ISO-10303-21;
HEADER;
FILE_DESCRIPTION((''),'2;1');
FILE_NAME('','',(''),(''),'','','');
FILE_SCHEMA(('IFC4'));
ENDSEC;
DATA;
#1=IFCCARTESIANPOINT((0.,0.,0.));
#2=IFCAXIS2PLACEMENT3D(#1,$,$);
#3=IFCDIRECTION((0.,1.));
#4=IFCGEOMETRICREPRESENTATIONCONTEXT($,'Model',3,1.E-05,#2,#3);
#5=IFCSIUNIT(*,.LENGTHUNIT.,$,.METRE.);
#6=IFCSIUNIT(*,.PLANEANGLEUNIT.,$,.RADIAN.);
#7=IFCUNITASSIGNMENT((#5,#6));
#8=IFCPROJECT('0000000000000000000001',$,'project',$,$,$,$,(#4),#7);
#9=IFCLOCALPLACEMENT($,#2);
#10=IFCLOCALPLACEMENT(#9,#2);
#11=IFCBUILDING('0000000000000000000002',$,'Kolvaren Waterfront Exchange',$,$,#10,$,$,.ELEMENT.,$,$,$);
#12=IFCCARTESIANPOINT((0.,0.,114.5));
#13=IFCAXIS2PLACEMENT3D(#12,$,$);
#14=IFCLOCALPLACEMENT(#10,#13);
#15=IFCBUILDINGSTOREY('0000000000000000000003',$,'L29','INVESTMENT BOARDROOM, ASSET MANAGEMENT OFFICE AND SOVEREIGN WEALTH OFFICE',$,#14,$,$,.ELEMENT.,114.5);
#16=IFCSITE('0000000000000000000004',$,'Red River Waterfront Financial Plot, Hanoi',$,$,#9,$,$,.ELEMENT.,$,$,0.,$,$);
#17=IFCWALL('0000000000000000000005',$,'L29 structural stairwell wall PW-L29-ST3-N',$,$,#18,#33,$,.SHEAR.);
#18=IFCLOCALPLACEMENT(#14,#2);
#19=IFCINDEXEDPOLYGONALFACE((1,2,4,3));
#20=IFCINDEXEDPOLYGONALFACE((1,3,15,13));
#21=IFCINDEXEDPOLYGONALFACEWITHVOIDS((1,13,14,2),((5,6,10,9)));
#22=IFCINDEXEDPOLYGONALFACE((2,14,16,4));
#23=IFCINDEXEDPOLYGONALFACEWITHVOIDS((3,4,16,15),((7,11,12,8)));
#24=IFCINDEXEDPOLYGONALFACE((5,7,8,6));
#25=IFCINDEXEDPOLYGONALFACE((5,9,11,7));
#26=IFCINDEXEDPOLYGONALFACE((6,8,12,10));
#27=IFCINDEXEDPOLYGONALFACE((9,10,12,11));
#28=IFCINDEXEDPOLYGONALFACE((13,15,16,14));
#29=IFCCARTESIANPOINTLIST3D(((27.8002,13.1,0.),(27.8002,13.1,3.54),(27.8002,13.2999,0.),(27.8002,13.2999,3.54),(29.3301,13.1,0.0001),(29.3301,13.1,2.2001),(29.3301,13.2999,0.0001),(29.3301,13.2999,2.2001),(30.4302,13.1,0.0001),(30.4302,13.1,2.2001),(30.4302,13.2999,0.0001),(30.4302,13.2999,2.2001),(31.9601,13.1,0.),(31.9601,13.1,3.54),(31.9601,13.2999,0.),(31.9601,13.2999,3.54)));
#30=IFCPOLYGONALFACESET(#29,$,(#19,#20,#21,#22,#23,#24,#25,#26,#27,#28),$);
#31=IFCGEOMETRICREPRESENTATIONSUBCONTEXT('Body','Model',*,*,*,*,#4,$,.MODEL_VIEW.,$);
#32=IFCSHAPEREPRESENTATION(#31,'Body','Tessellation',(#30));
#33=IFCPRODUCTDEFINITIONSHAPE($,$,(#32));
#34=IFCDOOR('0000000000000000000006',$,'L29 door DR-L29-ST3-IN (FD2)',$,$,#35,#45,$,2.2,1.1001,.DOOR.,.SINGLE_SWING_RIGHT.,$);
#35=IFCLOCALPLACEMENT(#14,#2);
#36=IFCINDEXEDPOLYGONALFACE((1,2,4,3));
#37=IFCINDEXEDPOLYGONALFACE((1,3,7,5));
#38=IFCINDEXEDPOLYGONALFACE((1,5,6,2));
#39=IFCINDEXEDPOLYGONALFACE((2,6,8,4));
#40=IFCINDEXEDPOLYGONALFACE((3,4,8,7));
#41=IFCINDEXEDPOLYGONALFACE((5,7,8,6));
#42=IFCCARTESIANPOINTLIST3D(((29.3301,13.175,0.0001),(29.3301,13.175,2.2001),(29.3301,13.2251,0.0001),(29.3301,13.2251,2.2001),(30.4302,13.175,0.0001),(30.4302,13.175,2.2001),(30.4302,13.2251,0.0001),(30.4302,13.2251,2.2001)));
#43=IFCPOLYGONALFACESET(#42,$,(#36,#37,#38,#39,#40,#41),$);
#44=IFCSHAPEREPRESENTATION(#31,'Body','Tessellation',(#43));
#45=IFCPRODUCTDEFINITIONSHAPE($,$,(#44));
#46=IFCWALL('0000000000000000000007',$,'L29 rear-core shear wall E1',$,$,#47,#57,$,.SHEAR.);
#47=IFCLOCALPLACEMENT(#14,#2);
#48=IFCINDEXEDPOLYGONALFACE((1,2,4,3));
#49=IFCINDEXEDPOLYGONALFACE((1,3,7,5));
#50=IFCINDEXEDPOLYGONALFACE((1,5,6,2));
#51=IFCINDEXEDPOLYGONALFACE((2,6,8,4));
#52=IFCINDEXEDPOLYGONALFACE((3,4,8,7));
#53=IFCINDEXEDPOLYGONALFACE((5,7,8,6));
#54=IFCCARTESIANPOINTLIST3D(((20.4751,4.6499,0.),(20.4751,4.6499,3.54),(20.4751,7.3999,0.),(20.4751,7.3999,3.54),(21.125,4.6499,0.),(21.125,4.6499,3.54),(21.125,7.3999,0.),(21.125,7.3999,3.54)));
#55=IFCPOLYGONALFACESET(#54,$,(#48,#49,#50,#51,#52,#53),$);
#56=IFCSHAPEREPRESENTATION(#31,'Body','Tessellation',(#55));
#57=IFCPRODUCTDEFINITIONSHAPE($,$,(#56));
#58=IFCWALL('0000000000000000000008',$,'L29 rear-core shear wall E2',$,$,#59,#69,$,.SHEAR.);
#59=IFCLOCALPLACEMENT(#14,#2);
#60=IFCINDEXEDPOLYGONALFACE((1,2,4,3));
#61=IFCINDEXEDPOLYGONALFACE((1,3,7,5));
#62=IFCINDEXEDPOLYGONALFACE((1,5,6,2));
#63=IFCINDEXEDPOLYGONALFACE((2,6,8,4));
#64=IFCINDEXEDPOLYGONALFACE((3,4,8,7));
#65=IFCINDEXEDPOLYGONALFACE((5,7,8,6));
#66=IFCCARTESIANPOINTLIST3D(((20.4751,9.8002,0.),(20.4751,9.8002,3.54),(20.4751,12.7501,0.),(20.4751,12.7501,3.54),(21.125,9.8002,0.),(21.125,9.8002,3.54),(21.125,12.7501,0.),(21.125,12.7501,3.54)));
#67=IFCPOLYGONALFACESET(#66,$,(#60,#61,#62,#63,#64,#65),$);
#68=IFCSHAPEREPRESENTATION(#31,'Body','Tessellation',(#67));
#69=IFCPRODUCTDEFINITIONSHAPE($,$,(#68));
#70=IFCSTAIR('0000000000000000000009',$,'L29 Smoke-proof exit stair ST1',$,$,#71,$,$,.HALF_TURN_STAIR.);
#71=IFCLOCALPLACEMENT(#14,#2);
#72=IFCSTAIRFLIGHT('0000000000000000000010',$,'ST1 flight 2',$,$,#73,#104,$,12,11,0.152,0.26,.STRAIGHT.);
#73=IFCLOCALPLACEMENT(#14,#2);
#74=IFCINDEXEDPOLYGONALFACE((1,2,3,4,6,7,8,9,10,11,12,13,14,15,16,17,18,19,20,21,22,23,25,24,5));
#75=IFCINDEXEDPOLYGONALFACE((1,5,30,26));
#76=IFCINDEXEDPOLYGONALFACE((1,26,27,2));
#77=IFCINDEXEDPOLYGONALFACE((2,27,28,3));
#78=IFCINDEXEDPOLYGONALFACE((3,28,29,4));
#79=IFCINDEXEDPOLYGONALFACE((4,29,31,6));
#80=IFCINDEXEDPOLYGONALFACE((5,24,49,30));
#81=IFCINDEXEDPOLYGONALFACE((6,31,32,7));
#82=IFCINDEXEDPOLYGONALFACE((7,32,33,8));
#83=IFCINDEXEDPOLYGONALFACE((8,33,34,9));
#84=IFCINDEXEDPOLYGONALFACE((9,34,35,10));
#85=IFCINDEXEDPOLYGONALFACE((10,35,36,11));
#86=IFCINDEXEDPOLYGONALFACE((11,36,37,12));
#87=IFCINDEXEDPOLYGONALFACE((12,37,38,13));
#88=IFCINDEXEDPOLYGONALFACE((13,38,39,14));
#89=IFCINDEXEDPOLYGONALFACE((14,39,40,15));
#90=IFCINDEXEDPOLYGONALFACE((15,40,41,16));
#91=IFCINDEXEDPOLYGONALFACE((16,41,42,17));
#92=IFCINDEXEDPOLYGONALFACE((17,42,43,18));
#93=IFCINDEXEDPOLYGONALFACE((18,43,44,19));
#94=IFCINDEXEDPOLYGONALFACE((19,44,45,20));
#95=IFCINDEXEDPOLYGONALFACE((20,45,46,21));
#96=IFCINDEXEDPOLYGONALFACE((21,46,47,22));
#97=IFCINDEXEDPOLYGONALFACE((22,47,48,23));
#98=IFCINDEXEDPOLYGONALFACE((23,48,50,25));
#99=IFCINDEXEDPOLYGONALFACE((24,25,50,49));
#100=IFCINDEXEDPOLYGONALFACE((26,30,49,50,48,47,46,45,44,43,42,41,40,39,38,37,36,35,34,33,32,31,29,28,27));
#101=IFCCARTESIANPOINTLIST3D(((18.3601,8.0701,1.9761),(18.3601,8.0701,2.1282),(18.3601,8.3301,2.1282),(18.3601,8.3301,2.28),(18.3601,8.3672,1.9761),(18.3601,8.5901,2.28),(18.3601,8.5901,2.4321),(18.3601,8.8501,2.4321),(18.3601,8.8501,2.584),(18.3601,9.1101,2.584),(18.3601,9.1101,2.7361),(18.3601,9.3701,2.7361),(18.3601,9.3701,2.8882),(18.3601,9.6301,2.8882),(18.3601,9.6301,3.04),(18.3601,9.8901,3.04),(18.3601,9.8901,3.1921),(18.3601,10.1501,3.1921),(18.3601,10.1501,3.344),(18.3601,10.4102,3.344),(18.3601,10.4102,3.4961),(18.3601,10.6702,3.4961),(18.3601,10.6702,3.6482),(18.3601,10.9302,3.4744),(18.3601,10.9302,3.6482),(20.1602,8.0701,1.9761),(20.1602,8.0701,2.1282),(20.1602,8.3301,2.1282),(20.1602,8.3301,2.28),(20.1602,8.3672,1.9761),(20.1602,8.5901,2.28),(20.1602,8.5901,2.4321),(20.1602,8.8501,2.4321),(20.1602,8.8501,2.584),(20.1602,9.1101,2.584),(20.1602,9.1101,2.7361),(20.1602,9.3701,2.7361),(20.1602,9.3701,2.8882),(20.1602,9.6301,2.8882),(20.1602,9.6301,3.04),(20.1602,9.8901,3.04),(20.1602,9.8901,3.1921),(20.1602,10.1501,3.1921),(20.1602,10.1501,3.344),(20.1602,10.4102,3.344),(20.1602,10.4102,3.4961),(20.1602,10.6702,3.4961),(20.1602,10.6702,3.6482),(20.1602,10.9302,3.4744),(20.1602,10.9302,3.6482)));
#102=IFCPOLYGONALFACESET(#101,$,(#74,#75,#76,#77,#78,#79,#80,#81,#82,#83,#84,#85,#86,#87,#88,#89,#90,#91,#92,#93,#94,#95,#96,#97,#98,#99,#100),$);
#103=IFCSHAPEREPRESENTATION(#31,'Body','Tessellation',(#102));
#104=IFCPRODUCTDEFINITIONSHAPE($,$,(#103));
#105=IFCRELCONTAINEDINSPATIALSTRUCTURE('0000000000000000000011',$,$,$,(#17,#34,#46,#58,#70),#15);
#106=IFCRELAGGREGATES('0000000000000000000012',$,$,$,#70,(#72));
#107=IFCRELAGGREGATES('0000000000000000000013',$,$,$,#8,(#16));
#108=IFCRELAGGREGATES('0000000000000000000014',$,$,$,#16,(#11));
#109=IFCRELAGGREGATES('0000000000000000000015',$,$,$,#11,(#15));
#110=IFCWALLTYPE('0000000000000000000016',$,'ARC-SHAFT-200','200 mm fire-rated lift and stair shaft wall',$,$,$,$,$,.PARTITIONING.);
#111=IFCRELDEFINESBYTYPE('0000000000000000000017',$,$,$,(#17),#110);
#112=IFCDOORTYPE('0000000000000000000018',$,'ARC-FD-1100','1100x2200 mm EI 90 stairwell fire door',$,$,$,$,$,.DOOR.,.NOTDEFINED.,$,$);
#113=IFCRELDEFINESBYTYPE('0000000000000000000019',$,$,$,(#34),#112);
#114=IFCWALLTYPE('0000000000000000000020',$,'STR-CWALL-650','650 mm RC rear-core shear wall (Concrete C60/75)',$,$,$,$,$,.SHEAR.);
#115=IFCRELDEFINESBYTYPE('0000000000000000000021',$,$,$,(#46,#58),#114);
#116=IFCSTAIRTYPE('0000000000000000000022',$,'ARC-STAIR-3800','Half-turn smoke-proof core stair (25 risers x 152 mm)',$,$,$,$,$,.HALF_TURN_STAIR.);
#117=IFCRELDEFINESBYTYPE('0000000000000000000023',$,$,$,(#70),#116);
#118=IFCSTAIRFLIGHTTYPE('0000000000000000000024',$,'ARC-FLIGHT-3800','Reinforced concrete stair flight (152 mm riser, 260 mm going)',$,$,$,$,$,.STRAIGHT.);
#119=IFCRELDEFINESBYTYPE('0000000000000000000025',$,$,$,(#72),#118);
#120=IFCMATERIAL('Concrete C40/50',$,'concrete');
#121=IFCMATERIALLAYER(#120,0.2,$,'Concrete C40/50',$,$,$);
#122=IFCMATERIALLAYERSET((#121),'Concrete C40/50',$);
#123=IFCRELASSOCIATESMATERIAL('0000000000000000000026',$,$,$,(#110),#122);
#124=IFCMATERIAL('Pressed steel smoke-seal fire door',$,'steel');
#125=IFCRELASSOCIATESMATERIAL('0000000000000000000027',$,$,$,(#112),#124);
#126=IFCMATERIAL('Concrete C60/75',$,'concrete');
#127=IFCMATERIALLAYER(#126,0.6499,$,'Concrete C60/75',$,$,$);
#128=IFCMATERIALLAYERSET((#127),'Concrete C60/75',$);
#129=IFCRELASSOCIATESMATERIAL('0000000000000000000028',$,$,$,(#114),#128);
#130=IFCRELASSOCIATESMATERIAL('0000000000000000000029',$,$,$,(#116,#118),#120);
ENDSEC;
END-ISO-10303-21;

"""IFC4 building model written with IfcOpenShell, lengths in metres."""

from ifc_helpers import new_model, si_unit, direction, frame, frame_2d, origin, place, context, subcontext, project, spatial, polyline, rectangle, outline, extrude, material, layer, layer_set, type_object, element, fill, aggregate, save


model = new_model("IFC4")

# Units and contexts
model_context = context("Model", 3, precision=1e-05, world=origin(), true_north=direction((0.0, 1.0)))
body_context = subcontext(model_context, "Body", "Model", "MODEL_VIEW")
ifc_project = project(units=[si_unit("LENGTHUNIT", "METRE"), si_unit("PLANEANGLEUNIT", "RADIAN")], contexts=[model_context])

# Site, building, storey
site_placement = place(None, origin())
site = spatial("IfcSite", under=ifc_project, at=site_placement, Name="Red River Waterfront Financial Plot, Hanoi", CompositionType="ELEMENT", RefElevation=0.0)
building_placement = place(site_placement, origin())
building = spatial("IfcBuilding", under=site, at=building_placement, Name="Kolvaren Waterfront Exchange", CompositionType="ELEMENT")
storey_placement = place(building_placement, frame((0.0, 0.0, 114.5)))
storey = spatial("IfcBuildingStorey", under=building, at=storey_placement, Name="L29", Description="INVESTMENT BOARDROOM, ASSET MANAGEMENT OFFICE AND SOVEREIGN WEALTH OFFICE", CompositionType="ELEMENT", Elevation=114.5)

# Shared definitions
ifc_material_1 = material(Name="Concrete C60/75", Category="concrete")

# Shared definitions
ifc_material_2 = material(Name="Concrete C40/50", Category="concrete")
ifc_layer_1 = layer(ifc_material_2, 0.2, Name="Concrete C40/50")
ifc_layer_set_1 = layer_set([ifc_layer_1], Name="Concrete C40/50")
wall_type_1 = type_object("IfcWallType", Name="ARC-SHAFT-200", Description="200 mm fire-rated lift and stair shaft wall", PredefinedType="PARTITIONING", material=ifc_layer_set_1)

# Wall, opening, door
wall_1_placement = place(storey_placement, frame((27.8, 13.2, 0.0), z_axis=(0.0, 0.0, 1.0), x_axis=(1.0, 0.0, 0.0)))
wall_1 = element("IfcWall", 1, at=wall_1_placement, inside=storey, type_object=wall_type_1, Name="L29 structural stairwell wall PW-L29-ST3-N", PredefinedType="SHEAR", context=body_context, shape_type="SweptSolid", body=[
    extrude(rectangle(XDim=4.1599, YDim=0.2, at=frame_2d((2.0801, 0.0))), origin(), (0.0, 0.0, 1.0), 3.54),
])
opening_1_placement = place(wall_1_placement, frame((1.53, 0.0, 0.0)))
opening_1 = element("IfcOpeningElement", 2, at=opening_1_placement, cuts=wall_1, PredefinedType="OPENING", context=body_context, shape_type="SweptSolid", body=[
    extrude(rectangle(XDim=1.1001, YDim=2.2, at=frame_2d((0.55, 1.1001))), frame((0.0, 0.1099, 0.0), z_axis=(0.0, -1.0, 0.0), x_axis=(1.0, 0.0, 0.0)), (0.0, 0.0, 1.0), 0.22),
])
ifc_material_3 = material(Name="Pressed steel smoke-seal fire door", Category="steel")
door_type_1 = type_object("IfcDoorType", Name="ARC-FD-1100", Description="1100x2200 mm EI 90 stairwell fire door", OperationType="NOTDEFINED", PredefinedType="DOOR", material=ifc_material_3)
door_1_placement = place(opening_1_placement, frame((1.1001, 0.0, 0.0), z_axis=(0.0, 0.0, 1.0), x_axis=(-1.0, 0.0, 0.0)))
door_1 = element("IfcDoor", 3, at=door_1_placement, inside=storey, type_object=door_type_1, Name="L29 door DR-L29-ST3-IN (FD2)", OperationType="SINGLE_SWING_RIGHT", OverallHeight=2.2, OverallWidth=1.1001, PredefinedType="DOOR", context=body_context, shape_type="SweptSolid", body=[
    extrude(rectangle(XDim=1.1001, YDim=2.2, at=frame_2d((0.55, 1.1001))), frame((0.0, 0.0249, 0.0), z_axis=(0.0, -1.0, 0.0), x_axis=(1.0, 0.0, 0.0)), (0.0, 0.0, 1.0), 0.05),
])
fill(opening_1, door_1)

# Walls
ifc_layer_2 = layer(ifc_material_1, 0.6499, Name="Concrete C60/75")
ifc_layer_set_2 = layer_set([ifc_layer_2], Name="Concrete C60/75")
wall_type_2 = type_object("IfcWallType", Name="STR-CWALL-650", Description="650 mm RC rear-core shear wall (Concrete C60/75)", PredefinedType="SHEAR", material=ifc_layer_set_2)
wall_2_placement = place(storey_placement, frame((20.8, 4.6499, 0.0), z_axis=(0.0, 0.0, 1.0), x_axis=(0.0, 1.0, 0.0)))
element("IfcWall", 4, at=wall_2_placement, inside=storey, type_object=wall_type_2, Name="L29 rear-core shear wall E1", PredefinedType="SHEAR", context=body_context, shape_type="SweptSolid", body=[
    extrude(rectangle(XDim=2.75, YDim=0.6499, at=frame_2d((1.375, 0.0))), origin(), (0.0, 0.0, 1.0), 3.54),
])
wall_3_placement = place(storey_placement, frame((20.8, 9.8, 0.0), z_axis=(0.0, 0.0, 1.0), x_axis=(0.0, 1.0, 0.0)))
element("IfcWall", 5, at=wall_3_placement, inside=storey, type_object=wall_type_2, Name="L29 rear-core shear wall E2", PredefinedType="SHEAR", context=body_context, shape_type="SweptSolid", body=[
    extrude(rectangle(XDim=2.95, YDim=0.6499, at=frame_2d((1.4751, 0.0))), origin(), (0.0, 0.0, 1.0), 3.54),
])

# Stair, stair flight
stair_type = type_object("IfcStairType", Name="ARC-STAIR-3800", Description="Half-turn smoke-proof core stair (25 risers x 152 mm)", PredefinedType="HALF_TURN_STAIR", material=ifc_material_2)
stair_placement = place(storey_placement, origin())
stair = element("IfcStair", 6, at=stair_placement, inside=storey, type_object=stair_type, Name="L29 Smoke-proof exit stair ST1", PredefinedType="HALF_TURN_STAIR")
stair_flight_type = type_object("IfcStairFlightType", Name="ARC-FLIGHT-3800", Description="Reinforced concrete stair flight (152 mm riser, 260 mm going)", PredefinedType="STRAIGHT", material=ifc_material_2)
stair_flight_placement = place(storey_placement, frame((19.26, 8.0701, 1.9761), z_axis=(0.0, 0.0, 1.0), x_axis=(0.0, 1.0, 0.0)))
stair_flight = element("IfcStairFlight", 7, at=stair_flight_placement, type_object=stair_flight_type, Name="ST1 flight 2", NumberOfRisers=12, NumberOfTreads=11, PredefinedType="STRAIGHT", RiserHeight=0.152, TreadLength=0.26, context=body_context, shape_type="SweptSolid", body=[
    extrude(outline(polyline([(0.0, 0.0), (0.0, 0.1521), (0.26, 0.1521), (0.26, 0.304), (0.52, 0.304), (0.52, 0.4561), (0.78, 0.4561), (0.78, 0.6079), (1.04, 0.6079), (1.04, 0.76), (1.3, 0.76), (1.3, 0.9121), (1.5601, 0.9121), (1.5601, 1.064), (1.8201, 1.064), (1.8201, 1.2161), (2.0801, 1.2161), (2.0801, 1.3679), (2.3401, 1.3679), (2.3401, 1.52), (2.6001, 1.52), (2.6001, 1.6721), (2.8601, 1.6721), (2.8601, 1.824), (2.8601, 1.4983), (0.2971, 0.0), (0.0, 0.0)])), frame((0.0, 0.8999, 0.0), z_axis=(0.0, -1.0, 0.0), x_axis=(1.0, 0.0, 0.0)), (0.0, 0.0, 1.0), 1.8),
])
aggregate(stair, [stair_flight])

save(model, "model.ifc")
